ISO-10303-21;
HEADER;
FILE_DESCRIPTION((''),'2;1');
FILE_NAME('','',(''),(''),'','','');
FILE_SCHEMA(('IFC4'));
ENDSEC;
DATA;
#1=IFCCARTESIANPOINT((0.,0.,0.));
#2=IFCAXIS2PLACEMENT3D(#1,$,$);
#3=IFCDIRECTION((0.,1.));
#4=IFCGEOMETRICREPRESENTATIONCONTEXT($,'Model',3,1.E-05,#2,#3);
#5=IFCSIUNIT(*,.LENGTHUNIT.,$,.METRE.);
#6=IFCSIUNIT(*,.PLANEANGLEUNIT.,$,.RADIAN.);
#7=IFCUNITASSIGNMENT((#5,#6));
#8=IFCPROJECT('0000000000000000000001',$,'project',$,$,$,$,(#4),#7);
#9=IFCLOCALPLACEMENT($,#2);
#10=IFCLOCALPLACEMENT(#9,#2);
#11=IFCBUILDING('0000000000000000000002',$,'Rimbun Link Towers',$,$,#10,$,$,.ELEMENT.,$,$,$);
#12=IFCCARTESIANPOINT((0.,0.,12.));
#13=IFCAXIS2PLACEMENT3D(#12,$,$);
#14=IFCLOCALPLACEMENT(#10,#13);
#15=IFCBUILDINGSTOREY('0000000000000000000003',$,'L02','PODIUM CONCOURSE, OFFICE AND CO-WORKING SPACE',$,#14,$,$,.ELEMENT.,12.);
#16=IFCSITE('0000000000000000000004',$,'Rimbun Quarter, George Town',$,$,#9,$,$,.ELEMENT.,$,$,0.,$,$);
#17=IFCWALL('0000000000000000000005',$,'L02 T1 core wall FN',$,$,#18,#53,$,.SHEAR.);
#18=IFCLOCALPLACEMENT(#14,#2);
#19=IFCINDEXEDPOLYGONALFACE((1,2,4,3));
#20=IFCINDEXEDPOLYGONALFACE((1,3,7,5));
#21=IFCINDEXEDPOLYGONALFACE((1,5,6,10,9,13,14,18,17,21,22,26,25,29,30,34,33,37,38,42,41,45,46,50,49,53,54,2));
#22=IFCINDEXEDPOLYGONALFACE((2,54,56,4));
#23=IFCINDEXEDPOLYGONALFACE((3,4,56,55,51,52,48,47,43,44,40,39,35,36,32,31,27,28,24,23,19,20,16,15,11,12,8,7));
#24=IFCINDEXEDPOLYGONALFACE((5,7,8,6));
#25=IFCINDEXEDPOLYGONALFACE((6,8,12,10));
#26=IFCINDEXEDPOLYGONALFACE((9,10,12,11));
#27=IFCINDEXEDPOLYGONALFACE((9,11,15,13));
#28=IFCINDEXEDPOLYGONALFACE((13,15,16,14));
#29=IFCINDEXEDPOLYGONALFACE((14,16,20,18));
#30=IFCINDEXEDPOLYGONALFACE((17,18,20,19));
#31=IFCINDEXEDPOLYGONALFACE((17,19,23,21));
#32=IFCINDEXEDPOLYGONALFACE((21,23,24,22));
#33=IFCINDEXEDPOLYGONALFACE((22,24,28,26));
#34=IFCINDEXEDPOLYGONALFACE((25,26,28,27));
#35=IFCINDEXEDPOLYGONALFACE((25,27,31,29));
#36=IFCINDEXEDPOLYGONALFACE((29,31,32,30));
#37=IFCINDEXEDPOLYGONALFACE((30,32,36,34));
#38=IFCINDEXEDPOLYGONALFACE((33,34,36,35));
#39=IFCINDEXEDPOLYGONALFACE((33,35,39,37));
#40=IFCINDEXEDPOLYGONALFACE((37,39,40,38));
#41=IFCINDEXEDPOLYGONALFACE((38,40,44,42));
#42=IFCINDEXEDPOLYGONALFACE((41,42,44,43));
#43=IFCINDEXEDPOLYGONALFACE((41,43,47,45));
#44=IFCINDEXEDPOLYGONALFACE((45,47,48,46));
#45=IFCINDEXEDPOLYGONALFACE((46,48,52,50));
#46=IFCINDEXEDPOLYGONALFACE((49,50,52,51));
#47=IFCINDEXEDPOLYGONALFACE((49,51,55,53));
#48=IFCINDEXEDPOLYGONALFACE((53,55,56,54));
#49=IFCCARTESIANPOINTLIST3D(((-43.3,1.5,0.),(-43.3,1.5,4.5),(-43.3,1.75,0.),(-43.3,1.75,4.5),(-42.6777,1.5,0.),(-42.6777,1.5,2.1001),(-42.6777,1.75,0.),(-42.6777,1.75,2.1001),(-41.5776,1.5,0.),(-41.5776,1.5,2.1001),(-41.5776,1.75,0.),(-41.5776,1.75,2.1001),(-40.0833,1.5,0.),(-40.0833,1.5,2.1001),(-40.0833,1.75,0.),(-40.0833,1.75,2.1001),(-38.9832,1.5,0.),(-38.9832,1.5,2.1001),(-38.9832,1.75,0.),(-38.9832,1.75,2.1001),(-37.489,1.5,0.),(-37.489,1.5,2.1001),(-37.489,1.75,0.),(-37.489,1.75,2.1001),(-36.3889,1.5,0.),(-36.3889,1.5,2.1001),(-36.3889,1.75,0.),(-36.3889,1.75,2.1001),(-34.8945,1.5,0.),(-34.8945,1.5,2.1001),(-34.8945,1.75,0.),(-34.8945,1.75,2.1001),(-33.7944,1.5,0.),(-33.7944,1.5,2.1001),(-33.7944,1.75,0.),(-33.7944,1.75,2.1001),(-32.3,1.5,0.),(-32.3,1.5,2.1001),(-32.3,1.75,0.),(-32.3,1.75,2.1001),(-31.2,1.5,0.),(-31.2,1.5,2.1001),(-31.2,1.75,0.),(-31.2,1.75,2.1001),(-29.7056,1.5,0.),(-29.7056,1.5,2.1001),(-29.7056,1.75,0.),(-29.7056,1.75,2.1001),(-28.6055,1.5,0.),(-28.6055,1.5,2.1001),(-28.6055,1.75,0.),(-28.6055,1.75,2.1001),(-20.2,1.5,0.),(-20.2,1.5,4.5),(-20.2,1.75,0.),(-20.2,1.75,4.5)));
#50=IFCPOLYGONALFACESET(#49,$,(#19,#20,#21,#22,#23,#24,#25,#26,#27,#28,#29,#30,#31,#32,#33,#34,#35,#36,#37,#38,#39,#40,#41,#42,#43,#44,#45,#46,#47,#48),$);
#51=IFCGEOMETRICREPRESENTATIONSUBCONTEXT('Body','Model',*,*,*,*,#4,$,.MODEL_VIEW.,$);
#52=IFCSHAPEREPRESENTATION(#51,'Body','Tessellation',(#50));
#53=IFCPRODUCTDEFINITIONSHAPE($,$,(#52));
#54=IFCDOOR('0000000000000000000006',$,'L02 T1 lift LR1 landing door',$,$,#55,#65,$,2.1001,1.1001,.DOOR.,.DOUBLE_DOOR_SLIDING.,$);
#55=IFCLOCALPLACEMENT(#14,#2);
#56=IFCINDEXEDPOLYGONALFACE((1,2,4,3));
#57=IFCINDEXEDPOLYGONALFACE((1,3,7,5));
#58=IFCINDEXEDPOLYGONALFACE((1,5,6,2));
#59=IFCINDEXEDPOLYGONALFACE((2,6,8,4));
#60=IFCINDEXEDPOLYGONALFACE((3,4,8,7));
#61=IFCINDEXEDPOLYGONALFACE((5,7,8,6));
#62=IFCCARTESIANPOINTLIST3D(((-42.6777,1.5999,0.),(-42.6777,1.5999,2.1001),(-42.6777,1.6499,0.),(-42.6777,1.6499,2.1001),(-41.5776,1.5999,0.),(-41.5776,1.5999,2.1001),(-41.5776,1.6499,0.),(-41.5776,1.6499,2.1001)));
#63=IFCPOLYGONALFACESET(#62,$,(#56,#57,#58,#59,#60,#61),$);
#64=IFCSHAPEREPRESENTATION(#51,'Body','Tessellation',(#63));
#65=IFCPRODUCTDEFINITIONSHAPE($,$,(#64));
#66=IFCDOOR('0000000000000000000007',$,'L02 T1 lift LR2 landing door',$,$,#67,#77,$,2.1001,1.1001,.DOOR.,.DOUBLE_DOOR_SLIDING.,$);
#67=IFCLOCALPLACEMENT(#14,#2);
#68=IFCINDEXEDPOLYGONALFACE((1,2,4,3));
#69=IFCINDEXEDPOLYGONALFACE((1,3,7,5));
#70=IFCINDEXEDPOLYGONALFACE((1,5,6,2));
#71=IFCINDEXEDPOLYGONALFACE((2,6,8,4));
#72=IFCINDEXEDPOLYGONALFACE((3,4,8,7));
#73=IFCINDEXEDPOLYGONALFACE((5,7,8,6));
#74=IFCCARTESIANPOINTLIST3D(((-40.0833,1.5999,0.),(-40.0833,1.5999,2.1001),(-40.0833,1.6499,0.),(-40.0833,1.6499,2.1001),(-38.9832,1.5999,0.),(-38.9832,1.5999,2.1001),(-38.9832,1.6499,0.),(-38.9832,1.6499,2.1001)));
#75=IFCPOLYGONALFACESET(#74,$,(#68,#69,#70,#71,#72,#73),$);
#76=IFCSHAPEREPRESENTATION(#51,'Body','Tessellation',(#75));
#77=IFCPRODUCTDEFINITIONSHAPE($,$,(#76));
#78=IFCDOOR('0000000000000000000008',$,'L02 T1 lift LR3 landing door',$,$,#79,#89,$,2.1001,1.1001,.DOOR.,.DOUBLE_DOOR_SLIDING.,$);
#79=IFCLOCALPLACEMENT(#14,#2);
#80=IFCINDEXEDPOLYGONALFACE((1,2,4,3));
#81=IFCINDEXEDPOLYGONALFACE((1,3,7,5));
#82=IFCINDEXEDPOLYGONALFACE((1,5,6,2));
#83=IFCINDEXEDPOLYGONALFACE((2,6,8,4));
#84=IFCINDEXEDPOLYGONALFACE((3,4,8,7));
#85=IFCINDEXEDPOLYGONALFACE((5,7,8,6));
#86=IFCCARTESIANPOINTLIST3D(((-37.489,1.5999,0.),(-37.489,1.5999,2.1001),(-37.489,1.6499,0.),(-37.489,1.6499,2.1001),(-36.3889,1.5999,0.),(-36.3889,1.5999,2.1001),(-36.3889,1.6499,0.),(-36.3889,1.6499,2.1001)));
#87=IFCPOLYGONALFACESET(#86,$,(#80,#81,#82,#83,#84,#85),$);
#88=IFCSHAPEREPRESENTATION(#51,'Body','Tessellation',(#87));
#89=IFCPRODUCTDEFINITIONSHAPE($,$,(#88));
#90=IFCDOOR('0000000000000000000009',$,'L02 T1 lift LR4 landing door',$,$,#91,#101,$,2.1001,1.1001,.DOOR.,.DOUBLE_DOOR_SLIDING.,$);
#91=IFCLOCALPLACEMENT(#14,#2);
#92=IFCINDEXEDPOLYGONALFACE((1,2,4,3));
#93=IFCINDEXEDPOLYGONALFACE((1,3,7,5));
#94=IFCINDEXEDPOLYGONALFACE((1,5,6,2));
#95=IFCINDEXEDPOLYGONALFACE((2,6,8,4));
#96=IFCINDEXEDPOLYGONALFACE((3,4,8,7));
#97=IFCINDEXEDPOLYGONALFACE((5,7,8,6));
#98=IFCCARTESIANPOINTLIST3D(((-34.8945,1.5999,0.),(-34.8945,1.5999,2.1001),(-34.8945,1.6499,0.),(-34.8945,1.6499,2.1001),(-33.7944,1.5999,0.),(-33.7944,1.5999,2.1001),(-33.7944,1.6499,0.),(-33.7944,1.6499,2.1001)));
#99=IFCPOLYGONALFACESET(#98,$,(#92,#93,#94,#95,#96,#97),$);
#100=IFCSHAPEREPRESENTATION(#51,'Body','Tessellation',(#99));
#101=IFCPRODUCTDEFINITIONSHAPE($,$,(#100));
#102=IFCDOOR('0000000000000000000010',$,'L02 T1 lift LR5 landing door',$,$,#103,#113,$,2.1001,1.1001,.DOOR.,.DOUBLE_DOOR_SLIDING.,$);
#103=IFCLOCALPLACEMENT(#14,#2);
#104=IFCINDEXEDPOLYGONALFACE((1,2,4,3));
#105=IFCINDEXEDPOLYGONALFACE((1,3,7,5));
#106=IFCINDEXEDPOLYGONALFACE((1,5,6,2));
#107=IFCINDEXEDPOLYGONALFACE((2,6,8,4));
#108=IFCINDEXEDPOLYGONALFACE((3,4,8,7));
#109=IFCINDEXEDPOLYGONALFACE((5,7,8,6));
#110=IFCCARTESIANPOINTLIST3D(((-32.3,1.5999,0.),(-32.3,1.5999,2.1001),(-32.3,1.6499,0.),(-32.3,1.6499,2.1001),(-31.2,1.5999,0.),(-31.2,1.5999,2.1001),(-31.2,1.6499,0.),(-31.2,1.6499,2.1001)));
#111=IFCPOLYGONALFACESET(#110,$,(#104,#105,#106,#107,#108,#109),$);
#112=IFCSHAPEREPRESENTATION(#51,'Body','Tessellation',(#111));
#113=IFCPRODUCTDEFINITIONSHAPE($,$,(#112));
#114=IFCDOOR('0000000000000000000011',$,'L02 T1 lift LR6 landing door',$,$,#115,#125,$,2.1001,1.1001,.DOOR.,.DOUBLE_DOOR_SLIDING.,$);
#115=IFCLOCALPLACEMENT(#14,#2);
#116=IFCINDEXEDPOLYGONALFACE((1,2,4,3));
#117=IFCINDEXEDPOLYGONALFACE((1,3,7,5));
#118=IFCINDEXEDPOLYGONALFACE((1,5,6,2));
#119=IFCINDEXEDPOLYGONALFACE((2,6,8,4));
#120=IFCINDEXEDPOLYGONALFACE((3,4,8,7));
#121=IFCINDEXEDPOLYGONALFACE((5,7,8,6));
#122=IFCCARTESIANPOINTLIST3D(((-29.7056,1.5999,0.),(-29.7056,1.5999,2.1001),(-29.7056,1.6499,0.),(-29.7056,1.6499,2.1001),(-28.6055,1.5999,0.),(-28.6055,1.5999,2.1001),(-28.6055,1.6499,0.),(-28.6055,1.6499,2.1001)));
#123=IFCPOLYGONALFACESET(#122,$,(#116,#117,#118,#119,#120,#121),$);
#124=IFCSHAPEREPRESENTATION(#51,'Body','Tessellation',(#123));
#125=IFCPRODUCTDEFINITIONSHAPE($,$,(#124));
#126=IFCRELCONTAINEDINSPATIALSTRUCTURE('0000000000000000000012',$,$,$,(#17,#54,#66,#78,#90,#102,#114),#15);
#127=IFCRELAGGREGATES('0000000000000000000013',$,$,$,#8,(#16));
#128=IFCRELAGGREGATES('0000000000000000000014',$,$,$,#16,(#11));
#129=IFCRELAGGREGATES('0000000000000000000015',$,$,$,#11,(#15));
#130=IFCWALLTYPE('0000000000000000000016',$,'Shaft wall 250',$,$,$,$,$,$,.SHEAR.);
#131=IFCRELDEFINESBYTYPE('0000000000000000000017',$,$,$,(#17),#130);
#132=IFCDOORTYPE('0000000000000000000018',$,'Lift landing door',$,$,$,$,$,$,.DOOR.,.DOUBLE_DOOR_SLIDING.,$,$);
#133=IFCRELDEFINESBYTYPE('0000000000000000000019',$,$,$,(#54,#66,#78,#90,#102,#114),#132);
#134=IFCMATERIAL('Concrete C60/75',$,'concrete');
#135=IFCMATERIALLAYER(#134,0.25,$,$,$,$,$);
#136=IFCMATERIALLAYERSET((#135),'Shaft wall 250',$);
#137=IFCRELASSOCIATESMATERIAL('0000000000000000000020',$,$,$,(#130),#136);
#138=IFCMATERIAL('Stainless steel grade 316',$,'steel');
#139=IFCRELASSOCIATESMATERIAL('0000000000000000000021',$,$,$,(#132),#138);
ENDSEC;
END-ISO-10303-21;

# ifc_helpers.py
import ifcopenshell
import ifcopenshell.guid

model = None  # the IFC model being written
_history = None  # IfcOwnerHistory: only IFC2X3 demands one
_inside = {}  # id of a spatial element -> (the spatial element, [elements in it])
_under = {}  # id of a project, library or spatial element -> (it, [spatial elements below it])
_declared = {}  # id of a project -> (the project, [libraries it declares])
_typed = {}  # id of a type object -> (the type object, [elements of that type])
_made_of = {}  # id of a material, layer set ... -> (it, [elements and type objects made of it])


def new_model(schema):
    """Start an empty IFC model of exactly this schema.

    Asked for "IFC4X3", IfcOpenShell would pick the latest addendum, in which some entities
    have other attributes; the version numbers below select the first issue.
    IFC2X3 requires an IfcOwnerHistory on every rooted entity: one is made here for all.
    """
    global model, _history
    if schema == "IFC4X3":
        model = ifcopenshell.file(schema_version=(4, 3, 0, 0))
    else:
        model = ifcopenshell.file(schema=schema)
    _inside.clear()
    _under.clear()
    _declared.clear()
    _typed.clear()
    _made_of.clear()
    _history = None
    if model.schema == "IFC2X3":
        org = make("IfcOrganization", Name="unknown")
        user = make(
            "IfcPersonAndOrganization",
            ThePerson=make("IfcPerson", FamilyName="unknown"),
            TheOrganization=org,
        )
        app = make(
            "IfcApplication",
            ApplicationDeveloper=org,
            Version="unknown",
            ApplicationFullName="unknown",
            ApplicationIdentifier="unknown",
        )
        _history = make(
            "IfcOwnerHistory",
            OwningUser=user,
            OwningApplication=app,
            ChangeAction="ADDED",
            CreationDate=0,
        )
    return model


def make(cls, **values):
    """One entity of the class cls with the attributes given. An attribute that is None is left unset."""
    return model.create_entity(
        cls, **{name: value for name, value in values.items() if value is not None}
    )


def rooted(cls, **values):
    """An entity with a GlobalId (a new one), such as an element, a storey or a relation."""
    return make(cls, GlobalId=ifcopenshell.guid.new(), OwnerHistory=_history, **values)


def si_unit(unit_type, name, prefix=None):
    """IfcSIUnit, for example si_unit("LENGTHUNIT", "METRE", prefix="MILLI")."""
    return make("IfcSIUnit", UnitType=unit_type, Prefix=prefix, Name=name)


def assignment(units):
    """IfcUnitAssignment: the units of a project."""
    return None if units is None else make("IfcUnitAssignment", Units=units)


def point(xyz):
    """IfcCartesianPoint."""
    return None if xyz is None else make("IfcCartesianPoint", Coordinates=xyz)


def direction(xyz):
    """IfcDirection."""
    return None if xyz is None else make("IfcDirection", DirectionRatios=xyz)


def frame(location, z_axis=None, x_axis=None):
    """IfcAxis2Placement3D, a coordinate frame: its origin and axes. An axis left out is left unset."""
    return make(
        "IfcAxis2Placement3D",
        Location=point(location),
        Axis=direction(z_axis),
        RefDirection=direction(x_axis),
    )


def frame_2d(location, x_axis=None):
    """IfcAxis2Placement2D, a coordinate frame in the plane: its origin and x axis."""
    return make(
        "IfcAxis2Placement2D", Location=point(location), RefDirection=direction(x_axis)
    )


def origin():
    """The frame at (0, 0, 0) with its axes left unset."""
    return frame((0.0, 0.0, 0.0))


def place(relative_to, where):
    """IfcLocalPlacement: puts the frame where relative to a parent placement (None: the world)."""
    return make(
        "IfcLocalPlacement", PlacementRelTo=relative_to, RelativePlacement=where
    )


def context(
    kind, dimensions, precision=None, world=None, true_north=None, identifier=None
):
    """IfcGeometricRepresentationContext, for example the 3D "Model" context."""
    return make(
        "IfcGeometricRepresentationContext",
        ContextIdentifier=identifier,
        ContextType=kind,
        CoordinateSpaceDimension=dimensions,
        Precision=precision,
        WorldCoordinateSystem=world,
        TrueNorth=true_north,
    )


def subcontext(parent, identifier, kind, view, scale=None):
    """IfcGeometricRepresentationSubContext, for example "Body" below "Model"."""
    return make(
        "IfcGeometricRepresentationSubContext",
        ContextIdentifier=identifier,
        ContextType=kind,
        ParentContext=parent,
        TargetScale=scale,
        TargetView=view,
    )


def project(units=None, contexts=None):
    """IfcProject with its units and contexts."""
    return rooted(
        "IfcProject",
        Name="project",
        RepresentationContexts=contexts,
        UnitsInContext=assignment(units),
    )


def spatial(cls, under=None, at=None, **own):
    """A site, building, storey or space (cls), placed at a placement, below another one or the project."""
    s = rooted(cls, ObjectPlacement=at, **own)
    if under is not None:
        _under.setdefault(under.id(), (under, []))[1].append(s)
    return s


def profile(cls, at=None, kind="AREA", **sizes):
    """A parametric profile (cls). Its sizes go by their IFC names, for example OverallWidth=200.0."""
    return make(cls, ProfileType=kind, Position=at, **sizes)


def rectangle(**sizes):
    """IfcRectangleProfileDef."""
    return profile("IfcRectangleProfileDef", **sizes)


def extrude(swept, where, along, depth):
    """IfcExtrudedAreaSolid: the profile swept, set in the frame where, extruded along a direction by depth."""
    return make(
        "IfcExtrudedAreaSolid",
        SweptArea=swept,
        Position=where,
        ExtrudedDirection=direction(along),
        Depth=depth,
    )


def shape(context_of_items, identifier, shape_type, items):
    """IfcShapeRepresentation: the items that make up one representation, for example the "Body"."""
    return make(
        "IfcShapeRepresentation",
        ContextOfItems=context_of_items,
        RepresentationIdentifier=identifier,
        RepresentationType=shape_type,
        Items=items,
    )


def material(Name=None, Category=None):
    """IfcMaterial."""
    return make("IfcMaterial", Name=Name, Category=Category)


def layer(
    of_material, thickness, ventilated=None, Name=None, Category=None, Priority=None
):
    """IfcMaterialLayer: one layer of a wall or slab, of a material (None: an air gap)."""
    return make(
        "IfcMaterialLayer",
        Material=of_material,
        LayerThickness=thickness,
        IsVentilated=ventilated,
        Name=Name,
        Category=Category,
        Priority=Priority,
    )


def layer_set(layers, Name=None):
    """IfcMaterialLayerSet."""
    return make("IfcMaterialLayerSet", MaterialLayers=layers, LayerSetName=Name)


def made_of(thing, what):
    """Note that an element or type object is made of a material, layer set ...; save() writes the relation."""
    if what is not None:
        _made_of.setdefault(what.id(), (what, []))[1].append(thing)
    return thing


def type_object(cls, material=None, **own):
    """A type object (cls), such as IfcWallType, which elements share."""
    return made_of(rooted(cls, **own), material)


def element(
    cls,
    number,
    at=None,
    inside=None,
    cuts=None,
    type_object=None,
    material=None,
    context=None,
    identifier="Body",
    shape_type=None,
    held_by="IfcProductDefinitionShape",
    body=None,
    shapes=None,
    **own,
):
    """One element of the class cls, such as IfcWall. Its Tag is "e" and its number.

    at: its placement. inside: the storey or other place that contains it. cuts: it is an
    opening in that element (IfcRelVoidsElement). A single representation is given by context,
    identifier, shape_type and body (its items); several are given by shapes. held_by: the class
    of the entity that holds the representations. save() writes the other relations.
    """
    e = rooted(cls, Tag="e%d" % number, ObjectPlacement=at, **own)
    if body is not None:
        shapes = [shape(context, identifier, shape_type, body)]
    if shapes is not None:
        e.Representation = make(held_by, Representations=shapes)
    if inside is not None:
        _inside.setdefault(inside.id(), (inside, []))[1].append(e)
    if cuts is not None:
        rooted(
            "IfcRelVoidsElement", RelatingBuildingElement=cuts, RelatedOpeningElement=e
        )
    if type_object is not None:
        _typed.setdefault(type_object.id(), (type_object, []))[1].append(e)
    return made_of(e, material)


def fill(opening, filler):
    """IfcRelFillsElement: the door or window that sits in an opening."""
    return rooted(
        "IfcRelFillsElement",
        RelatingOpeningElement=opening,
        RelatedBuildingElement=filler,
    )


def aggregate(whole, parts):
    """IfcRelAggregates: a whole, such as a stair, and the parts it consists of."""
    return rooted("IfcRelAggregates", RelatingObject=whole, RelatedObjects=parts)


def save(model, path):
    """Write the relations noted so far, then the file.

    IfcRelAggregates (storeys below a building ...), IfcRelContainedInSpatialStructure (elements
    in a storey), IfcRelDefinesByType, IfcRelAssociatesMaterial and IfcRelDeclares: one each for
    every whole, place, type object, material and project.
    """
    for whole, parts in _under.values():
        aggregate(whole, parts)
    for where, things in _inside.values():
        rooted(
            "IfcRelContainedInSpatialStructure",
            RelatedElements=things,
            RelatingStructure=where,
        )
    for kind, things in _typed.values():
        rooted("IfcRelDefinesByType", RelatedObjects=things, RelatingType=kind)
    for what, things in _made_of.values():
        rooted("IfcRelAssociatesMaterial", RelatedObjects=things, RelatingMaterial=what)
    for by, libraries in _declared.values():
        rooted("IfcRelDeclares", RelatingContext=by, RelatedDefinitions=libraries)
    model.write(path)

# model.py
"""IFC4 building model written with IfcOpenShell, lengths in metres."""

from ifc_helpers import new_model, si_unit, direction, frame, frame_2d, origin, place, context, subcontext, project, spatial, rectangle, extrude, material, layer, layer_set, type_object, element, fill, save


model = new_model("IFC4")

# Units and contexts
model_context = context("Model", 3, precision=1e-05, world=origin(), true_north=direction((0.0, 1.0)))
body_context = subcontext(model_context, "Body", "Model", "MODEL_VIEW")
ifc_project = project(units=[si_unit("LENGTHUNIT", "METRE"), si_unit("PLANEANGLEUNIT", "RADIAN")], contexts=[model_context])

# Site, building, storey
site_placement = place(None, origin())
site = spatial("IfcSite", under=ifc_project, at=site_placement, Name="Rimbun Quarter, George Town", CompositionType="ELEMENT", RefElevation=0.0)
building_placement = place(site_placement, origin())
building = spatial("IfcBuilding", under=site, at=building_placement, Name="Rimbun Link Towers", CompositionType="ELEMENT")
storey_placement = place(building_placement, frame((0.0, 0.0, 12.0)))
storey = spatial("IfcBuildingStorey", under=building, at=storey_placement, Name="L02", Description="PODIUM CONCOURSE, OFFICE AND CO-WORKING SPACE", CompositionType="ELEMENT", Elevation=12.0)

# Shared definitions
ifc_material_1 = material(Name="Concrete C60/75", Category="concrete")
ifc_layer_1 = layer(ifc_material_1, 0.25)
ifc_layer_set_1 = layer_set([ifc_layer_1], Name="Shaft wall 250")
wall_type_1 = type_object("IfcWallType", Name="Shaft wall 250", PredefinedType="SHEAR", material=ifc_layer_set_1)

# Wall, openings, doors
wall_1_placement = place(storey_placement, frame((-43.3, 1.625, 0.0), z_axis=(0.0, 0.0, 1.0), x_axis=(1.0, 0.0, 0.0)))
wall_1 = element("IfcWall", 1, at=wall_1_placement, inside=storey, type_object=wall_type_1, Name="L02 T1 core wall FN", PredefinedType="SHEAR", context=body_context, shape_type="SweptSolid", body=[
    extrude(rectangle(XDim=23.1001, YDim=0.25, at=frame_2d((11.55, 0.0))), origin(), (0.0, 0.0, 1.0), 4.5),
])
opening_1_placement = place(wall_1_placement, frame((0.6223, 0.0, 0.0)))
opening_1 = element("IfcOpeningElement", 2, at=opening_1_placement, cuts=wall_1, PredefinedType="OPENING", context=body_context, shape_type="SweptSolid", body=[
    extrude(rectangle(XDim=1.1001, YDim=2.1001, at=frame_2d((0.55, 1.05))), frame((0.0, 0.135, 0.0), z_axis=(0.0, -1.0, 0.0), x_axis=(1.0, 0.0, 0.0)), (0.0, 0.0, 1.0), 0.27),
])
opening_2_placement = place(wall_1_placement, frame((3.2168, 0.0, 0.0)))
opening_2 = element("IfcOpeningElement", 3, at=opening_2_placement, cuts=wall_1, PredefinedType="OPENING", context=body_context, shape_type="SweptSolid", body=[
    extrude(rectangle(XDim=1.1001, YDim=2.1001, at=frame_2d((0.55, 1.05))), frame((0.0, 0.135, 0.0), z_axis=(0.0, -1.0, 0.0), x_axis=(1.0, 0.0, 0.0)), (0.0, 0.0, 1.0), 0.27),
])
opening_3_placement = place(wall_1_placement, frame((5.811, 0.0, 0.0)))
opening_3 = element("IfcOpeningElement", 4, at=opening_3_placement, cuts=wall_1, PredefinedType="OPENING", context=body_context, shape_type="SweptSolid", body=[
    extrude(rectangle(XDim=1.1001, YDim=2.1001, at=frame_2d((0.55, 1.05))), frame((0.0, 0.135, 0.0), z_axis=(0.0, -1.0, 0.0), x_axis=(1.0, 0.0, 0.0)), (0.0, 0.0, 1.0), 0.27),
])
opening_4_placement = place(wall_1_placement, frame((8.4055, 0.0, 0.0)))
opening_4 = element("IfcOpeningElement", 5, at=opening_4_placement, cuts=wall_1, PredefinedType="OPENING", context=body_context, shape_type="SweptSolid", body=[
    extrude(rectangle(XDim=1.1001, YDim=2.1001, at=frame_2d((0.55, 1.05))), frame((0.0, 0.135, 0.0), z_axis=(0.0, -1.0, 0.0), x_axis=(1.0, 0.0, 0.0)), (0.0, 0.0, 1.0), 0.27),
])
opening_5_placement = place(wall_1_placement, frame((11.0, 0.0, 0.0)))
opening_5 = element("IfcOpeningElement", 6, at=opening_5_placement, cuts=wall_1, PredefinedType="OPENING", context=body_context, shape_type="SweptSolid", body=[
    extrude(rectangle(XDim=1.1001, YDim=2.1001, at=frame_2d((0.55, 1.05))), frame((0.0, 0.135, 0.0), z_axis=(0.0, -1.0, 0.0), x_axis=(1.0, 0.0, 0.0)), (0.0, 0.0, 1.0), 0.27),
])
opening_6_placement = place(wall_1_placement, frame((13.5945, 0.0, 0.0)))
opening_6 = element("IfcOpeningElement", 7, at=opening_6_placement, cuts=wall_1, PredefinedType="OPENING", context=body_context, shape_type="SweptSolid", body=[
    extrude(rectangle(XDim=1.1001, YDim=2.1001, at=frame_2d((0.55, 1.05))), frame((0.0, 0.135, 0.0), z_axis=(0.0, -1.0, 0.0), x_axis=(1.0, 0.0, 0.0)), (0.0, 0.0, 1.0), 0.27),
])
ifc_material_2 = material(Name="Stainless steel grade 316", Category="steel")
door_type_1 = type_object("IfcDoorType", Name="Lift landing door", OperationType="DOUBLE_DOOR_SLIDING", PredefinedType="DOOR", material=ifc_material_2)
door_1_placement = place(opening_1_placement, origin())
door_1 = element("IfcDoor", 8, at=door_1_placement, inside=storey, type_object=door_type_1, Name="L02 T1 lift LR1 landing door", OperationType="DOUBLE_DOOR_SLIDING", OverallHeight=2.1001, OverallWidth=1.1001, PredefinedType="DOOR", context=body_context, shape_type="SweptSolid", body=[
    extrude(rectangle(XDim=1.1001, YDim=2.1001, at=frame_2d((0.55, 1.05))), frame((0.0, 0.0249, 0.0), z_axis=(0.0, -1.0, 0.0), x_axis=(1.0, 0.0, 0.0)), (0.0, 0.0, 1.0), 0.05),
])
fill(opening_1, door_1)
door_2_placement = place(opening_2_placement, origin())
door_2 = element("IfcDoor", 9, at=door_2_placement, inside=storey, type_object=door_type_1, Name="L02 T1 lift LR2 landing door", OperationType="DOUBLE_DOOR_SLIDING", OverallHeight=2.1001, OverallWidth=1.1001, PredefinedType="DOOR", context=body_context, shape_type="SweptSolid", body=[
    extrude(rectangle(XDim=1.1001, YDim=2.1001, at=frame_2d((0.55, 1.05))), frame((0.0, 0.0249, 0.0), z_axis=(0.0, -1.0, 0.0), x_axis=(1.0, 0.0, 0.0)), (0.0, 0.0, 1.0), 0.05),
])
fill(opening_2, door_2)
door_3_placement = place(opening_3_placement, origin())
door_3 = element("IfcDoor", 10, at=door_3_placement, inside=storey, type_object=door_type_1, Name="L02 T1 lift LR3 landing door", OperationType="DOUBLE_DOOR_SLIDING", OverallHeight=2.1001, OverallWidth=1.1001, PredefinedType="DOOR", context=body_context, shape_type="SweptSolid", body=[
    extrude(rectangle(XDim=1.1001, YDim=2.1001, at=frame_2d((0.55, 1.05))), frame((0.0, 0.0249, 0.0), z_axis=(0.0, -1.0, 0.0), x_axis=(1.0, 0.0, 0.0)), (0.0, 0.0, 1.0), 0.05),
])
fill(opening_3, door_3)
door_4_placement = place(opening_4_placement, origin())
door_4 = element("IfcDoor", 11, at=door_4_placement, inside=storey, type_object=door_type_1, Name="L02 T1 lift LR4 landing door", OperationType="DOUBLE_DOOR_SLIDING", OverallHeight=2.1001, OverallWidth=1.1001, PredefinedType="DOOR", context=body_context, shape_type="SweptSolid", body=[
    extrude(rectangle(XDim=1.1001, YDim=2.1001, at=frame_2d((0.55, 1.05))), frame((0.0, 0.0249, 0.0), z_axis=(0.0, -1.0, 0.0), x_axis=(1.0, 0.0, 0.0)), (0.0, 0.0, 1.0), 0.05),
])
fill(opening_4, door_4)
door_5_placement = place(opening_5_placement, origin())
door_5 = element("IfcDoor", 12, at=door_5_placement, inside=storey, type_object=door_type_1, Name="L02 T1 lift LR5 landing door", OperationType="DOUBLE_DOOR_SLIDING", OverallHeight=2.1001, OverallWidth=1.1001, PredefinedType="DOOR", context=body_context, shape_type="SweptSolid", body=[
    extrude(rectangle(XDim=1.1001, YDim=2.1001, at=frame_2d((0.55, 1.05))), frame((0.0, 0.0249, 0.0), z_axis=(0.0, -1.0, 0.0), x_axis=(1.0, 0.0, 0.0)), (0.0, 0.0, 1.0), 0.05),
])
fill(opening_5, door_5)
door_6_placement = place(opening_6_placement, origin())
door_6 = element("IfcDoor", 13, at=door_6_placement, inside=storey, type_object=door_type_1, Name="L02 T1 lift LR6 landing door", OperationType="DOUBLE_DOOR_SLIDING", OverallHeight=2.1001, OverallWidth=1.1001, PredefinedType="DOOR", context=body_context, shape_type="SweptSolid", body=[
    extrude(rectangle(XDim=1.1001, YDim=2.1001, at=frame_2d((0.55, 1.05))), frame((0.0, 0.0249, 0.0), z_axis=(0.0, -1.0, 0.0), x_axis=(1.0, 0.0, 0.0)), (0.0, 0.0, 1.0), 0.05),
])
fill(opening_6, door_6)

save(model, "model.ifc")
